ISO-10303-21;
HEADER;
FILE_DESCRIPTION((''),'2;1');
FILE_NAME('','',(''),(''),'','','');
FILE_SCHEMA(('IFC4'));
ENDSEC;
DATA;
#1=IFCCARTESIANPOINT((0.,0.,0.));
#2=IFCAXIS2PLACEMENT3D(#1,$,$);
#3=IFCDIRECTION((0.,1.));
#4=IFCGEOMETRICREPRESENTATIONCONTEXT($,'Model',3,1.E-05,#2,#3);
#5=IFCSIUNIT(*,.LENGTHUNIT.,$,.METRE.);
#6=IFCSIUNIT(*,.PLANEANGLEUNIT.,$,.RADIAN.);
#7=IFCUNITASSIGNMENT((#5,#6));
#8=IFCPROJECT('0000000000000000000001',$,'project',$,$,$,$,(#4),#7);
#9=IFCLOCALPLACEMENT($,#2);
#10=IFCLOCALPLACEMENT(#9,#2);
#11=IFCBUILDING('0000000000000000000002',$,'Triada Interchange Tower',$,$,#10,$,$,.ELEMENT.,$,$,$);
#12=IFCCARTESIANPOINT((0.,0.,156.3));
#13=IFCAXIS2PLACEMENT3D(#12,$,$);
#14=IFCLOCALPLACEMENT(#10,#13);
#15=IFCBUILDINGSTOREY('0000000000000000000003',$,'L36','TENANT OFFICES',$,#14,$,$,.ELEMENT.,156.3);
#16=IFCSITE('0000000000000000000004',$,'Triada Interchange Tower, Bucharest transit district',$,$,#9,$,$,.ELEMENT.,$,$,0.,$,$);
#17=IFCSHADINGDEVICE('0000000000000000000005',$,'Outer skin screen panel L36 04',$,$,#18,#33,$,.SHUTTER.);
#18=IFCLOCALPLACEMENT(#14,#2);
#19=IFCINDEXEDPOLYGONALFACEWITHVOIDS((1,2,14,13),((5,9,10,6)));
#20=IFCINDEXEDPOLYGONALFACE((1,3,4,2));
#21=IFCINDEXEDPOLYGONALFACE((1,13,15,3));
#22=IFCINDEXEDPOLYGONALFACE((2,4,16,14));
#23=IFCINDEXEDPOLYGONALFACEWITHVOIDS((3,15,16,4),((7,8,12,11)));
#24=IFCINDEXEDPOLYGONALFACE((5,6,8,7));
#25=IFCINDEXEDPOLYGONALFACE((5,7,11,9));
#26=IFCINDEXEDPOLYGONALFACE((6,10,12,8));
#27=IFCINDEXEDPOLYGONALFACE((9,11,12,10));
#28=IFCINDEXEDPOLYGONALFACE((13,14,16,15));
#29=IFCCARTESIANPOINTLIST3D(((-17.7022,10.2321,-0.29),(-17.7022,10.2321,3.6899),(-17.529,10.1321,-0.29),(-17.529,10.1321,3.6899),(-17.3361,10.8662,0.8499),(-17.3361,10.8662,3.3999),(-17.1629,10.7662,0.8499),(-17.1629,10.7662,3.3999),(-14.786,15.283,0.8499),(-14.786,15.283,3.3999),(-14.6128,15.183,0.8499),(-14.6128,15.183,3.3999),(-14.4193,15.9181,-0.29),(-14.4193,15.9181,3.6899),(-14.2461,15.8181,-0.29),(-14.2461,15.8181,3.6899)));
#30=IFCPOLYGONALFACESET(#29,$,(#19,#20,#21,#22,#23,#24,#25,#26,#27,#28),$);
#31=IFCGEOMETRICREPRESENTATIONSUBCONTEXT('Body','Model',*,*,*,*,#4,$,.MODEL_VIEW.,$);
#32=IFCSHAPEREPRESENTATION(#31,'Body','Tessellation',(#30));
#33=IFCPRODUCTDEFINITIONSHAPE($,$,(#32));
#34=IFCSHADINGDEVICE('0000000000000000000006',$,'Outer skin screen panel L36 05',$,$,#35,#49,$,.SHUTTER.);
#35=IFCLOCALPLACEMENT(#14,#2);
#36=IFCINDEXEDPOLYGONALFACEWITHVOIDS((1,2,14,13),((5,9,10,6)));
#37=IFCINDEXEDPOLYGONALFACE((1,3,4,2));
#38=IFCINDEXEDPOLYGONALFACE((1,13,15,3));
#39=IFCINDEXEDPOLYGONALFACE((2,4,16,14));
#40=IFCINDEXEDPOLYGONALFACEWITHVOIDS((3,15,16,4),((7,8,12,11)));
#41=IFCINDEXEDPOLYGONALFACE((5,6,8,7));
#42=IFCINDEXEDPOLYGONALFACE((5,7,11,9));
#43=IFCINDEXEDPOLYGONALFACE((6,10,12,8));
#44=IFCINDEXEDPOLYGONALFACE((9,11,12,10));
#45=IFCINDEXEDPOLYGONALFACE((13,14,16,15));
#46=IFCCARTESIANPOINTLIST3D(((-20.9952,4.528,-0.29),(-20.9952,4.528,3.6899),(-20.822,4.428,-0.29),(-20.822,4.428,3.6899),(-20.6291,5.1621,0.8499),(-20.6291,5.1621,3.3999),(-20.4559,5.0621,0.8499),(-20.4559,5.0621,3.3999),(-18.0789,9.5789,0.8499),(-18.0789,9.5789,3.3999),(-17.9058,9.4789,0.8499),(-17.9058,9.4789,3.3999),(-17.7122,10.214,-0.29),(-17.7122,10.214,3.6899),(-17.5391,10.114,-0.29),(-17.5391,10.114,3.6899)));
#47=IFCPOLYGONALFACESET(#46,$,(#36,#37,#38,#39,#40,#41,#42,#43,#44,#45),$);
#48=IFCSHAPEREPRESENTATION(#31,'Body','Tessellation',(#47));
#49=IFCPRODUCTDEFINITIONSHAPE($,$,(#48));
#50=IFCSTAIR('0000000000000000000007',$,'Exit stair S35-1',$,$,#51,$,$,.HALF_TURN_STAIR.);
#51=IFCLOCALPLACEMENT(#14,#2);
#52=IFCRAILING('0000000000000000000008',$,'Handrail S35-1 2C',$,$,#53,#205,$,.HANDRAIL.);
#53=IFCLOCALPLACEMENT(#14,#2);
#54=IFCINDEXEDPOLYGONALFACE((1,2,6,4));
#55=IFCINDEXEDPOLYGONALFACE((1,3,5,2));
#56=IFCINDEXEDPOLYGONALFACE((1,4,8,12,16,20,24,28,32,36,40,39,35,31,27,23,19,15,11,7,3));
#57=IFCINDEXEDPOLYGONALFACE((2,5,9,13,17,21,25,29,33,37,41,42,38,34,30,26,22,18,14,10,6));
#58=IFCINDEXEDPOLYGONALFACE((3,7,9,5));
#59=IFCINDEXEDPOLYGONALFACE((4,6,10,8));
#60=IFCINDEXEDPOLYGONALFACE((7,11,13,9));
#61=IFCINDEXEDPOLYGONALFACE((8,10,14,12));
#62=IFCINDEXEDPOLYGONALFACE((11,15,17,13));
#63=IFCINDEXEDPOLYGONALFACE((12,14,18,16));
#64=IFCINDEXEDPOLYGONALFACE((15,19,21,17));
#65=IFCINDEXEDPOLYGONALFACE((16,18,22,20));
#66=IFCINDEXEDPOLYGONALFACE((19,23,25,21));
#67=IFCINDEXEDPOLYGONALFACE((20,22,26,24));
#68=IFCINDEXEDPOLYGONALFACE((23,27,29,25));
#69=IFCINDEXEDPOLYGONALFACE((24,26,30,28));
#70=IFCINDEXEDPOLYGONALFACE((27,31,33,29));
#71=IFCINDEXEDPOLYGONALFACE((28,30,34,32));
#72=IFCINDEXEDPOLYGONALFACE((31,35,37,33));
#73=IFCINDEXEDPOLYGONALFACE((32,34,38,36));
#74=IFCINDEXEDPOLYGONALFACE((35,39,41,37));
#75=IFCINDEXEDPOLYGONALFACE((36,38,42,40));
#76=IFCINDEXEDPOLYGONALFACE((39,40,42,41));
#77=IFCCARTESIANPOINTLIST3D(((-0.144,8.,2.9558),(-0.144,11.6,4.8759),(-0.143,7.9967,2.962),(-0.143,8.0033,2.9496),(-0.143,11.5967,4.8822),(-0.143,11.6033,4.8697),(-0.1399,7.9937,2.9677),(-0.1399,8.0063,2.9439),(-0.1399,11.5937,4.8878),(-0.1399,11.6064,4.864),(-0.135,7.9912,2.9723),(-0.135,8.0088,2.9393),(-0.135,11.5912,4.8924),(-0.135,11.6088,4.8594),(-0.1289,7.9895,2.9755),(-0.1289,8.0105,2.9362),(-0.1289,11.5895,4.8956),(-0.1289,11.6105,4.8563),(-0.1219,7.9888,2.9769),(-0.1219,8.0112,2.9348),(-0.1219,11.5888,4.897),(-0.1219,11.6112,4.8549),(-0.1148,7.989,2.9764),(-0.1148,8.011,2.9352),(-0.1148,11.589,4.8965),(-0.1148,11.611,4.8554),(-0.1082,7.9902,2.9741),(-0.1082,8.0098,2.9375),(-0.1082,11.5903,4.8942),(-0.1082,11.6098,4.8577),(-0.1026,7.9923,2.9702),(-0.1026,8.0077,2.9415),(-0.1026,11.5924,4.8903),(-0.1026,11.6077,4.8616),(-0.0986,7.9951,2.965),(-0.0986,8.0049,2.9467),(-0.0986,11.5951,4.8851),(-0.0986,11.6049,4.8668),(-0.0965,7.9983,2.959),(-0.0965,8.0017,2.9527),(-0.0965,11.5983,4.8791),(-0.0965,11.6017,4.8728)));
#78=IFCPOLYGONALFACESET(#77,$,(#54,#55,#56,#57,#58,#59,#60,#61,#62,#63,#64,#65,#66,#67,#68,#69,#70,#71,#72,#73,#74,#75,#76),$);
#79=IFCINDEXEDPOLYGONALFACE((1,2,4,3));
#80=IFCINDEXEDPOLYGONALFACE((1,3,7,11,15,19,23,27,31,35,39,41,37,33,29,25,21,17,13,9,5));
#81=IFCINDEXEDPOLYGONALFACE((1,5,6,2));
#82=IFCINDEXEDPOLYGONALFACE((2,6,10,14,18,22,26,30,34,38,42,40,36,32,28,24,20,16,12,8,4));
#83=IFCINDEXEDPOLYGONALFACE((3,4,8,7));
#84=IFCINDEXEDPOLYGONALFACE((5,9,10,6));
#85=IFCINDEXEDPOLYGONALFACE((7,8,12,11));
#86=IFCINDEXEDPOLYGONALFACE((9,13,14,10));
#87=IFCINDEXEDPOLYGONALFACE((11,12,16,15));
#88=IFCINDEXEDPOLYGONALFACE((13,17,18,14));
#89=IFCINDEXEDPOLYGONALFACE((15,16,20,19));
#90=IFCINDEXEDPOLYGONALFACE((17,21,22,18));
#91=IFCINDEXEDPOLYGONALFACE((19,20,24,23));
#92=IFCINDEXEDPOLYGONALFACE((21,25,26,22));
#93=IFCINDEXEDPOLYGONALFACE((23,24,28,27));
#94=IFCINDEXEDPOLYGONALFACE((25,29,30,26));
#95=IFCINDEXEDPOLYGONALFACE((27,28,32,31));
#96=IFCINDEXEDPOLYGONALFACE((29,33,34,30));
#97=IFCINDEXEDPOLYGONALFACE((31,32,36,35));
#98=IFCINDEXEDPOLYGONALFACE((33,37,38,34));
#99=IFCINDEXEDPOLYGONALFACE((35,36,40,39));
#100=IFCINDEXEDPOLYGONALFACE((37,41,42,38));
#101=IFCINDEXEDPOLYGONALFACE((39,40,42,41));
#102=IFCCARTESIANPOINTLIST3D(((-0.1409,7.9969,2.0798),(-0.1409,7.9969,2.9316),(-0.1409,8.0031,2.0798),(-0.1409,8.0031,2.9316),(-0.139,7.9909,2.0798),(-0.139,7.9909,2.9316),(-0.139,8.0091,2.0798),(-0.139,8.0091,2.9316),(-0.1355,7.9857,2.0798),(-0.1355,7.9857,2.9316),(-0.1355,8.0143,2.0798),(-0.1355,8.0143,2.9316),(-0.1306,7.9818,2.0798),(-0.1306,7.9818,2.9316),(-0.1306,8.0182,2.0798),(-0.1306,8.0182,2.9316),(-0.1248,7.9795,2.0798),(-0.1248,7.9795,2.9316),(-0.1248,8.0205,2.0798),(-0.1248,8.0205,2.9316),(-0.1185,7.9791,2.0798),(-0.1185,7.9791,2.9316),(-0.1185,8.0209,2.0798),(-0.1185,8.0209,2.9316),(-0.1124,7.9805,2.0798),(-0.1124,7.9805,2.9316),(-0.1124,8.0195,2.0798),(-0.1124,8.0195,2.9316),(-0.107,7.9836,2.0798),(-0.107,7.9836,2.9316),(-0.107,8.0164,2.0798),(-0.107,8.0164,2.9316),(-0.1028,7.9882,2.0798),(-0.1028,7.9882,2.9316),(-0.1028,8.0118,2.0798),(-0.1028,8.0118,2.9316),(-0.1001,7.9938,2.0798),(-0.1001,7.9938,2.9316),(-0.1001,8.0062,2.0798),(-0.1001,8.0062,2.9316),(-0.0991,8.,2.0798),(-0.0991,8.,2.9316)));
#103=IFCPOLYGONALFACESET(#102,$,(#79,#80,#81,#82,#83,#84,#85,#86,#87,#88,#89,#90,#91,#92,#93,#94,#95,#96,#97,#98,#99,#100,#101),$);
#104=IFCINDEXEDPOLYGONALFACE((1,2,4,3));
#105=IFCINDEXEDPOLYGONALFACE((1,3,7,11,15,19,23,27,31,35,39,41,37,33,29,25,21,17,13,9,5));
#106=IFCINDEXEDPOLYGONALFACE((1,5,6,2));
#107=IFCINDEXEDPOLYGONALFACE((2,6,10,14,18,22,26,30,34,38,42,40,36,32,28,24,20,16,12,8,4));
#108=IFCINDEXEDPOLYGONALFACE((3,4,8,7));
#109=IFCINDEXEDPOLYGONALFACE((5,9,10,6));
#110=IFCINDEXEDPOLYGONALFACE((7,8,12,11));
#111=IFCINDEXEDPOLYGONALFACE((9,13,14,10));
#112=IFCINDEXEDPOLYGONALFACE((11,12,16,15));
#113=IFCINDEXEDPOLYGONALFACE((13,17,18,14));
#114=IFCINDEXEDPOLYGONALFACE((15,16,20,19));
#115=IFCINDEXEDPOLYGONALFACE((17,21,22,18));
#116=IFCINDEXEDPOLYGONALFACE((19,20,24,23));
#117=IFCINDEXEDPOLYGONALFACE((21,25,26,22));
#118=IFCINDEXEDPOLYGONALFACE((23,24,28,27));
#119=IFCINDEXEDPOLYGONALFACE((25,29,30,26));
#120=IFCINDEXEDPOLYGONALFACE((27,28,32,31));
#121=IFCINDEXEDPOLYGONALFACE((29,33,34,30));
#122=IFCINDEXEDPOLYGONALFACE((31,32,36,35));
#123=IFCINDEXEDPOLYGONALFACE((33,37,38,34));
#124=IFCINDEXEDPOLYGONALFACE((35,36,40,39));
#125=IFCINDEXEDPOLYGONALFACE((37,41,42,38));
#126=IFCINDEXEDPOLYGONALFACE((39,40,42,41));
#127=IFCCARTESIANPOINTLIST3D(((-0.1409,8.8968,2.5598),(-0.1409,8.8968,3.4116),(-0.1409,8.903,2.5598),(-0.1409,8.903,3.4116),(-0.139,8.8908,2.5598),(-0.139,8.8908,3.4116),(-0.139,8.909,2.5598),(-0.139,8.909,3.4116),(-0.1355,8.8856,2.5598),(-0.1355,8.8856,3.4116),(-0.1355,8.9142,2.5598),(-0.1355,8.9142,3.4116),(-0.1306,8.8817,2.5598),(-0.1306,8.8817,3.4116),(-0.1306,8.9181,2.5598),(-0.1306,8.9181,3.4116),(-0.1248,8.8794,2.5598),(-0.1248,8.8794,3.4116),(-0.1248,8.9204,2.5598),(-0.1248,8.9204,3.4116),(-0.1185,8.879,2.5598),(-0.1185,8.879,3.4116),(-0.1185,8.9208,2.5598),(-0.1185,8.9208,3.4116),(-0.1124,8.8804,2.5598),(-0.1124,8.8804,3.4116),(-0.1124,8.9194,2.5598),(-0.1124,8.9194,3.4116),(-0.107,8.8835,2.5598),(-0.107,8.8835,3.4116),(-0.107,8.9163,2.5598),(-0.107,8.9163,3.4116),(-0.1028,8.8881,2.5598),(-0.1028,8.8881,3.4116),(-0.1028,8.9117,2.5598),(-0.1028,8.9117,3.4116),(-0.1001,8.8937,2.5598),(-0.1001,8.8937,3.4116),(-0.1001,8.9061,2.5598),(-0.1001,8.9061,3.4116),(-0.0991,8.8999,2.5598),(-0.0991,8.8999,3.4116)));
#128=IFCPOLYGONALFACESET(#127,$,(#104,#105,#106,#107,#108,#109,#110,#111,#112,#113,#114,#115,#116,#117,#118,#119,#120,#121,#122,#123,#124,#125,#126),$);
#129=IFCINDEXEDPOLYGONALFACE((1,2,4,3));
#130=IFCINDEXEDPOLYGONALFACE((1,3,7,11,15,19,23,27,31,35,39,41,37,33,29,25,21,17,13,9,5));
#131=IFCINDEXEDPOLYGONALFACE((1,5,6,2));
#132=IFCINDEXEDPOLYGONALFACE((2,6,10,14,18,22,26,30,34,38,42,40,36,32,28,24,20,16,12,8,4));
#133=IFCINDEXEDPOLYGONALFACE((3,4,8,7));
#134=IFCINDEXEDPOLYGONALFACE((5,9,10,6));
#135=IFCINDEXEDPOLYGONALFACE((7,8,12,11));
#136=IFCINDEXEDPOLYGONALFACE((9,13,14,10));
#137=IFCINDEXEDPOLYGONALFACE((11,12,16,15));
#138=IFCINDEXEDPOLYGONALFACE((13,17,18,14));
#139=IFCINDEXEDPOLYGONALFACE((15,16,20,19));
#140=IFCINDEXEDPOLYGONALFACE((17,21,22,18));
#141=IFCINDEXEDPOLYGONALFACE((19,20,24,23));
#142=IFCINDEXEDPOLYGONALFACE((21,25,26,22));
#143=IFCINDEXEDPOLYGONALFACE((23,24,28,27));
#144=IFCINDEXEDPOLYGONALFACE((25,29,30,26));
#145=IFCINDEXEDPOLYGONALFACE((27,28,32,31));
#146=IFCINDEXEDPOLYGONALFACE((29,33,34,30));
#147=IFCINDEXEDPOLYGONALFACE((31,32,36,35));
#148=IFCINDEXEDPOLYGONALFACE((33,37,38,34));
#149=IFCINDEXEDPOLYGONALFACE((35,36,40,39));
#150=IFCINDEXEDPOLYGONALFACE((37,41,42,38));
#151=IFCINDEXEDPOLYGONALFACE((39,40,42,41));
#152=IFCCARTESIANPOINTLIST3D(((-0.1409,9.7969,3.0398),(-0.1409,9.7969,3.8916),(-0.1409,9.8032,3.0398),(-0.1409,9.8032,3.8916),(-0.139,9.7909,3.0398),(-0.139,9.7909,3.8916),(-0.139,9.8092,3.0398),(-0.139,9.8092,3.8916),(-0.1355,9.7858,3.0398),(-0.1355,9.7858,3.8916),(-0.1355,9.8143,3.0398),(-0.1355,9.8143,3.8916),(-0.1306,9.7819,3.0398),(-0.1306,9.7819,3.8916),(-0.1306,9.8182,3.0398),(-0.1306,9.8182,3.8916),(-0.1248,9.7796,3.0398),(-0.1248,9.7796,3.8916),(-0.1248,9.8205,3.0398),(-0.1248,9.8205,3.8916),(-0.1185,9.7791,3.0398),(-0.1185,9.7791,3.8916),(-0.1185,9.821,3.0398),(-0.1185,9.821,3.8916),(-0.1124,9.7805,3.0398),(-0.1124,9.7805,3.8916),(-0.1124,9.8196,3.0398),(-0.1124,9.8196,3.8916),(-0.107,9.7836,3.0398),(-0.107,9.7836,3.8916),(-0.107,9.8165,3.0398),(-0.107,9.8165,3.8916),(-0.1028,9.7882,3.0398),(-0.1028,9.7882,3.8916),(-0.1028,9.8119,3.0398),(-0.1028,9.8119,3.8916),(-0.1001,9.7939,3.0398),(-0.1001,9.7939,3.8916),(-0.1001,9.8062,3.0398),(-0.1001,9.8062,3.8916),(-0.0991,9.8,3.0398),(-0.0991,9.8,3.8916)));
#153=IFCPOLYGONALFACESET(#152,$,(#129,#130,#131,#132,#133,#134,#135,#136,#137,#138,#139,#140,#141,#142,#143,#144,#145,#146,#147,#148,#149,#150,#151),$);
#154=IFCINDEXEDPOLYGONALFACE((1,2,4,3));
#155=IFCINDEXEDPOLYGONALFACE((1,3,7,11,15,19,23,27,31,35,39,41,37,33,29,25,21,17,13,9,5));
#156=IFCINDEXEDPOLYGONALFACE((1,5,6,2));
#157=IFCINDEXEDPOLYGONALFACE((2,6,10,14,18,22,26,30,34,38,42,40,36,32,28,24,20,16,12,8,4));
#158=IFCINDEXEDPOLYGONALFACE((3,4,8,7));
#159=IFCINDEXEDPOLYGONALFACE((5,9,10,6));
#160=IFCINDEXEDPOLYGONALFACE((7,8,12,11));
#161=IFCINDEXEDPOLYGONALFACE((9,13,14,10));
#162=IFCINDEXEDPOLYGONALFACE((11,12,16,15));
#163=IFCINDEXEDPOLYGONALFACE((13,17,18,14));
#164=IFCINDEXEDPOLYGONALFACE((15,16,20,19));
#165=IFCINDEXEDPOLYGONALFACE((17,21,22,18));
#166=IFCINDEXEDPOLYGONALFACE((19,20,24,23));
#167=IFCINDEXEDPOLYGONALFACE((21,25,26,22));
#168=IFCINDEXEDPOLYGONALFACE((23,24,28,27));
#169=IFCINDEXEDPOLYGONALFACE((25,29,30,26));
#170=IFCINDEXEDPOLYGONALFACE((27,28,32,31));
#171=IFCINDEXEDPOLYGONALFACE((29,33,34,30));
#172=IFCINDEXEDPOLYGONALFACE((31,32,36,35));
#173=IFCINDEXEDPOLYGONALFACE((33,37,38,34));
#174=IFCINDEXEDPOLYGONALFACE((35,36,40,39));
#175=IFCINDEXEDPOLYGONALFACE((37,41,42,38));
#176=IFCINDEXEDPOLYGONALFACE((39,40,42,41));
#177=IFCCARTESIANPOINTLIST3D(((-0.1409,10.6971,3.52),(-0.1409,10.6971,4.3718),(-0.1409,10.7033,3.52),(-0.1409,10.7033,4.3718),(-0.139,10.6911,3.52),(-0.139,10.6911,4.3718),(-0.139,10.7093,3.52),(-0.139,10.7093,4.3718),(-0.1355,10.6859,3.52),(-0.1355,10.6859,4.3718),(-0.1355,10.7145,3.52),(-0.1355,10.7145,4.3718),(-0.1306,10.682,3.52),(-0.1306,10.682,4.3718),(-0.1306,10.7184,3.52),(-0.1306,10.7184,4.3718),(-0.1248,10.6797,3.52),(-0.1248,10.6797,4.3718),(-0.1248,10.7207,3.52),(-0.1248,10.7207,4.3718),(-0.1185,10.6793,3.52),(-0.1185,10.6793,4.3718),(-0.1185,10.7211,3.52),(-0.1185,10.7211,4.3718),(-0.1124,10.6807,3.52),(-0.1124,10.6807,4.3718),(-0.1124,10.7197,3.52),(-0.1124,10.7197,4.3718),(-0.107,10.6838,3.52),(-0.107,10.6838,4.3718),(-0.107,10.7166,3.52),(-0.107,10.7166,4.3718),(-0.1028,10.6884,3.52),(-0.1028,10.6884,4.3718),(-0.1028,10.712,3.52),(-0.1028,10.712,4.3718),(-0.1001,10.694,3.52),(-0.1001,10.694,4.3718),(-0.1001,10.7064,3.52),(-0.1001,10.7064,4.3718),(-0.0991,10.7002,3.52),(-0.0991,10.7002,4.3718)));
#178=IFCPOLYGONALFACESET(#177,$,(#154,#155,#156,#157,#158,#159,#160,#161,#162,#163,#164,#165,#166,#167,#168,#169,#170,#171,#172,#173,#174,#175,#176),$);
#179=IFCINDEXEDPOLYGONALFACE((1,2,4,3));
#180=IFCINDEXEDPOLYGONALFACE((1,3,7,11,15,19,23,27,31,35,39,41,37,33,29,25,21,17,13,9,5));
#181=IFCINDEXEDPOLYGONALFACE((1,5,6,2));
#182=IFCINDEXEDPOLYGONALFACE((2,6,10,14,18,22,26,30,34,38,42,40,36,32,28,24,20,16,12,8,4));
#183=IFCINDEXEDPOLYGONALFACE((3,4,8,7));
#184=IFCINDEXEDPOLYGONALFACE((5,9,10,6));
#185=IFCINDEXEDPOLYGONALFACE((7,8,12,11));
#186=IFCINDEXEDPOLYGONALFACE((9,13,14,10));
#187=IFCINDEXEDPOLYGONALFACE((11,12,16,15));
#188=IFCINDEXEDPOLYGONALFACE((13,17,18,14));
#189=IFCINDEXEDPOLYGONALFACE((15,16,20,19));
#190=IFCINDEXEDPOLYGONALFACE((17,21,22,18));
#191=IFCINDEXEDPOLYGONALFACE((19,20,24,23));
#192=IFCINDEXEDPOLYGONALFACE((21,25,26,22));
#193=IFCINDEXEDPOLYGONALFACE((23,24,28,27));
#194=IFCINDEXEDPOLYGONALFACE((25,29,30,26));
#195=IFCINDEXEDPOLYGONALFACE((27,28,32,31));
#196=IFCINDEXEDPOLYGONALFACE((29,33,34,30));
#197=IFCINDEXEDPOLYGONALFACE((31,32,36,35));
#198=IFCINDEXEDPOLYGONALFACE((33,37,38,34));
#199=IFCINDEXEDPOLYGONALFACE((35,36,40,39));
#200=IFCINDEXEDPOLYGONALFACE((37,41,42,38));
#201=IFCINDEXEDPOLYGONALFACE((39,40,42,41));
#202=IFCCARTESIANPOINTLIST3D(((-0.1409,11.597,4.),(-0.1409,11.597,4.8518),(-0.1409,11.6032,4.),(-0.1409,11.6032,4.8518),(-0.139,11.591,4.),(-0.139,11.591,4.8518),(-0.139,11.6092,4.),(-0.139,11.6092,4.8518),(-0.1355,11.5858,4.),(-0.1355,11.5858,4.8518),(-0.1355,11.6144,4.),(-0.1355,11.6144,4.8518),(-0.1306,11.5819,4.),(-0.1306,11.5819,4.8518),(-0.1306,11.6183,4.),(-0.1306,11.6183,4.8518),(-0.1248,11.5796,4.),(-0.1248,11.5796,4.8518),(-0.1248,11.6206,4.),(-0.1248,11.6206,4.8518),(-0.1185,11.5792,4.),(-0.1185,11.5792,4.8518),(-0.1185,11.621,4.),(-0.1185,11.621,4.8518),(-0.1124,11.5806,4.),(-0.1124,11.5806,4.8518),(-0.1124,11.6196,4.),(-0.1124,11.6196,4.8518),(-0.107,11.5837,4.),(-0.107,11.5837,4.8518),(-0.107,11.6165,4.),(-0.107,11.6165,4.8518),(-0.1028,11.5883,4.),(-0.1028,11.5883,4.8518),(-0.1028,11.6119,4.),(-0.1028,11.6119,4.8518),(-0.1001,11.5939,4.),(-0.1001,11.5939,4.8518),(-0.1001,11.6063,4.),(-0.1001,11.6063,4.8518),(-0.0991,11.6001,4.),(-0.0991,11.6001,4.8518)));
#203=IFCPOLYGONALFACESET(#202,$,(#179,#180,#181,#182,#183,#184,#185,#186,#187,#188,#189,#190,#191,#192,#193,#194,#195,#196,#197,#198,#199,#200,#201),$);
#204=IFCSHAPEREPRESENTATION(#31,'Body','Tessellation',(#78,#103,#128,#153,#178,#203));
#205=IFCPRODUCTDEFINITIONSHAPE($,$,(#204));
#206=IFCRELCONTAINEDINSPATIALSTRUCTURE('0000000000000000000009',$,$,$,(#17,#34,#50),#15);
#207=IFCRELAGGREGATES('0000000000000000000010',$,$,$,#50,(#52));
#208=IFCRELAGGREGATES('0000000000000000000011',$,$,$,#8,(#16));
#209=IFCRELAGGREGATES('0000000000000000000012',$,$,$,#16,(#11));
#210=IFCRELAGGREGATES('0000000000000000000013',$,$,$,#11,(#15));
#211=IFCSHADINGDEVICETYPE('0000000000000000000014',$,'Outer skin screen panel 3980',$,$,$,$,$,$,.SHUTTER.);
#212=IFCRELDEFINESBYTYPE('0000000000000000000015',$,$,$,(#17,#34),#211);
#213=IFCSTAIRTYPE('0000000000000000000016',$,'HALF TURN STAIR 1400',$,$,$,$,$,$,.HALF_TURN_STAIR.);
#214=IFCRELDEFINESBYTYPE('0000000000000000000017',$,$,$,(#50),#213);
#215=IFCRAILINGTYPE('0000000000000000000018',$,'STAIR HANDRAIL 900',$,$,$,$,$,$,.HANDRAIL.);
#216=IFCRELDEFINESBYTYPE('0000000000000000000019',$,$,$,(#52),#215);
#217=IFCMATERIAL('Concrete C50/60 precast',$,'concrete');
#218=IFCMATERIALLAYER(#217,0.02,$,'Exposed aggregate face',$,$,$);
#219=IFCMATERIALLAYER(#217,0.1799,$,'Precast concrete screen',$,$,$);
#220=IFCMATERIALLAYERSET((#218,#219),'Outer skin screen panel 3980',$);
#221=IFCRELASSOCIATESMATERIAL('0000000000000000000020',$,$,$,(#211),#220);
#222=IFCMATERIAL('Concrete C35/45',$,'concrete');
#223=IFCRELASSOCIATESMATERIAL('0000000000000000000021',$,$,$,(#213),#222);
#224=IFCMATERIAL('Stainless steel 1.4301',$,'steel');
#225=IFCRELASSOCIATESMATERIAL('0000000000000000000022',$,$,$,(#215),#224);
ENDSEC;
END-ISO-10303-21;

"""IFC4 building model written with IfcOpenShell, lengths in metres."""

from ifc_helpers import new_model, si_unit, direction, frame, origin, origin_2d, place, context, subcontext, project, spatial, polyline, circle, outline, extrude, material, layer, layer_set, type_object, element, aggregate, save


model = new_model("IFC4")

# Units and contexts
model_context = context("Model", 3, precision=1e-05, world=origin(), true_north=direction((0.0, 1.0)))
body_context = subcontext(model_context, "Body", "Model", "MODEL_VIEW")
ifc_project = project(units=[si_unit("LENGTHUNIT", "METRE"), si_unit("PLANEANGLEUNIT", "RADIAN")], contexts=[model_context])

# Site, building, storey
site_placement = place(None, origin())
site = spatial("IfcSite", under=ifc_project, at=site_placement, Name="Triada Interchange Tower, Bucharest transit district", CompositionType="ELEMENT", RefElevation=0.0)
building_placement = place(site_placement, origin())
building = spatial("IfcBuilding", under=site, at=building_placement, Name="Triada Interchange Tower", CompositionType="ELEMENT")
storey_placement = place(building_placement, frame((0.0, 0.0, 156.3)))
storey = spatial("IfcBuildingStorey", under=building, at=storey_placement, Name="L36", Description="TENANT OFFICES", CompositionType="ELEMENT", Elevation=156.3)

# Shading devices
ifc_material_1 = material(Name="Concrete C50/60 precast", Category="concrete")
ifc_layer_1 = layer(ifc_material_1, 0.02, Name="Exposed aggregate face")
ifc_layer_2 = layer(ifc_material_1, 0.1799, Name="Precast concrete screen")
ifc_layer_set_1 = layer_set([ifc_layer_1, ifc_layer_2], Name="Outer skin screen panel 3980")
shading_device_type = type_object("IfcShadingDeviceType", Name="Outer skin screen panel 3980", PredefinedType="SHUTTER", material=ifc_layer_set_1)
for number, where, z_axis, x_axis, name in (
    (1, (-14.2461, 15.8181, -0.29), (0.0, 0.0, 1.0), (-0.500014, -0.866017, 0.0), "Outer skin screen panel L36 04"),
    (2, (-17.5391, 10.114, -0.29), (0.0, 0.0, 1.0), (-0.500014, -0.866017, 0.0), "Outer skin screen panel L36 05"),
):
    element("IfcShadingDevice", number, at=place(storey_placement, frame(where, z_axis=z_axis, x_axis=x_axis)), inside=storey, type_object=shading_device_type, Name=name, PredefinedType="SHUTTER", context=body_context, shape_type="SweptSolid", body=[
        extrude(outline(polyline([(0.0, 0.0), (6.5657, 0.0), (6.5657, 3.98), (0.0, 3.98), (0.0, 0.0)]), holes=[polyline([(0.7334, 1.1399), (0.7334, 3.6899), (5.8335, 3.6899), (5.8335, 1.1399), (0.7334, 1.1399)])]), frame((0.0, 0.0, 0.0), z_axis=(0.0, -1.0, 0.0), x_axis=(1.0, 0.0, 0.0)), (0.0, 0.0, 1.0), 0.2),
    ])

# Stair, railing
ifc_material_2 = material(Name="Concrete C35/45", Category="concrete")
stair_type = type_object("IfcStairType", Name="HALF TURN STAIR 1400", PredefinedType="HALF_TURN_STAIR", material=ifc_material_2)
stair_placement = place(storey_placement, origin())
stair = element("IfcStair", 3, at=stair_placement, inside=storey, type_object=stair_type, Name="Exit stair S35-1", PredefinedType="HALF_TURN_STAIR")
ifc_material_3 = material(Name="Stainless steel 1.4301", Category="steel")
railing_type = type_object("IfcRailingType", Name="STAIR HANDRAIL 900", PredefinedType="HANDRAIL", material=ifc_material_3)
railing_placement = place(storey_placement, frame((-0.1201, 8.0, 2.0798)))
railing = element("IfcRailing", 4, at=railing_placement, type_object=railing_type, Name="Handrail S35-1 2C", PredefinedType="HANDRAIL", context=body_context, shape_type="SweptSolid", body=[
    extrude(circle(Radius=0.0239, at=origin_2d()), frame((0.0, 0.0, 0.876), z_axis=(0.0, 0.882341, 0.47061), x_axis=(-1.0, 0.0, 0.0)), (0.0, 0.0, 1.0), 4.0801),
    extrude(circle(Radius=0.021, at=origin_2d()), origin(), (0.0, 0.0, 1.0), 0.8518),
    extrude(circle(Radius=0.021, at=origin_2d()), frame((0.0, 0.8999, 0.48)), (0.0, 0.0, 1.0), 0.8518),
    extrude(circle(Radius=0.021, at=origin_2d()), frame((0.0, 1.8, 0.96)), (0.0, 0.0, 1.0), 0.8518),
    extrude(circle(Radius=0.021, at=origin_2d()), frame((0.0, 2.7002, 1.4402)), (0.0, 0.0, 1.0), 0.8518),
    extrude(circle(Radius=0.021, at=origin_2d()), frame((0.0, 3.6001, 1.9202)), (0.0, 0.0, 1.0), 0.8518),
])
aggregate(stair, [railing])

save(model, "model.ifc")
